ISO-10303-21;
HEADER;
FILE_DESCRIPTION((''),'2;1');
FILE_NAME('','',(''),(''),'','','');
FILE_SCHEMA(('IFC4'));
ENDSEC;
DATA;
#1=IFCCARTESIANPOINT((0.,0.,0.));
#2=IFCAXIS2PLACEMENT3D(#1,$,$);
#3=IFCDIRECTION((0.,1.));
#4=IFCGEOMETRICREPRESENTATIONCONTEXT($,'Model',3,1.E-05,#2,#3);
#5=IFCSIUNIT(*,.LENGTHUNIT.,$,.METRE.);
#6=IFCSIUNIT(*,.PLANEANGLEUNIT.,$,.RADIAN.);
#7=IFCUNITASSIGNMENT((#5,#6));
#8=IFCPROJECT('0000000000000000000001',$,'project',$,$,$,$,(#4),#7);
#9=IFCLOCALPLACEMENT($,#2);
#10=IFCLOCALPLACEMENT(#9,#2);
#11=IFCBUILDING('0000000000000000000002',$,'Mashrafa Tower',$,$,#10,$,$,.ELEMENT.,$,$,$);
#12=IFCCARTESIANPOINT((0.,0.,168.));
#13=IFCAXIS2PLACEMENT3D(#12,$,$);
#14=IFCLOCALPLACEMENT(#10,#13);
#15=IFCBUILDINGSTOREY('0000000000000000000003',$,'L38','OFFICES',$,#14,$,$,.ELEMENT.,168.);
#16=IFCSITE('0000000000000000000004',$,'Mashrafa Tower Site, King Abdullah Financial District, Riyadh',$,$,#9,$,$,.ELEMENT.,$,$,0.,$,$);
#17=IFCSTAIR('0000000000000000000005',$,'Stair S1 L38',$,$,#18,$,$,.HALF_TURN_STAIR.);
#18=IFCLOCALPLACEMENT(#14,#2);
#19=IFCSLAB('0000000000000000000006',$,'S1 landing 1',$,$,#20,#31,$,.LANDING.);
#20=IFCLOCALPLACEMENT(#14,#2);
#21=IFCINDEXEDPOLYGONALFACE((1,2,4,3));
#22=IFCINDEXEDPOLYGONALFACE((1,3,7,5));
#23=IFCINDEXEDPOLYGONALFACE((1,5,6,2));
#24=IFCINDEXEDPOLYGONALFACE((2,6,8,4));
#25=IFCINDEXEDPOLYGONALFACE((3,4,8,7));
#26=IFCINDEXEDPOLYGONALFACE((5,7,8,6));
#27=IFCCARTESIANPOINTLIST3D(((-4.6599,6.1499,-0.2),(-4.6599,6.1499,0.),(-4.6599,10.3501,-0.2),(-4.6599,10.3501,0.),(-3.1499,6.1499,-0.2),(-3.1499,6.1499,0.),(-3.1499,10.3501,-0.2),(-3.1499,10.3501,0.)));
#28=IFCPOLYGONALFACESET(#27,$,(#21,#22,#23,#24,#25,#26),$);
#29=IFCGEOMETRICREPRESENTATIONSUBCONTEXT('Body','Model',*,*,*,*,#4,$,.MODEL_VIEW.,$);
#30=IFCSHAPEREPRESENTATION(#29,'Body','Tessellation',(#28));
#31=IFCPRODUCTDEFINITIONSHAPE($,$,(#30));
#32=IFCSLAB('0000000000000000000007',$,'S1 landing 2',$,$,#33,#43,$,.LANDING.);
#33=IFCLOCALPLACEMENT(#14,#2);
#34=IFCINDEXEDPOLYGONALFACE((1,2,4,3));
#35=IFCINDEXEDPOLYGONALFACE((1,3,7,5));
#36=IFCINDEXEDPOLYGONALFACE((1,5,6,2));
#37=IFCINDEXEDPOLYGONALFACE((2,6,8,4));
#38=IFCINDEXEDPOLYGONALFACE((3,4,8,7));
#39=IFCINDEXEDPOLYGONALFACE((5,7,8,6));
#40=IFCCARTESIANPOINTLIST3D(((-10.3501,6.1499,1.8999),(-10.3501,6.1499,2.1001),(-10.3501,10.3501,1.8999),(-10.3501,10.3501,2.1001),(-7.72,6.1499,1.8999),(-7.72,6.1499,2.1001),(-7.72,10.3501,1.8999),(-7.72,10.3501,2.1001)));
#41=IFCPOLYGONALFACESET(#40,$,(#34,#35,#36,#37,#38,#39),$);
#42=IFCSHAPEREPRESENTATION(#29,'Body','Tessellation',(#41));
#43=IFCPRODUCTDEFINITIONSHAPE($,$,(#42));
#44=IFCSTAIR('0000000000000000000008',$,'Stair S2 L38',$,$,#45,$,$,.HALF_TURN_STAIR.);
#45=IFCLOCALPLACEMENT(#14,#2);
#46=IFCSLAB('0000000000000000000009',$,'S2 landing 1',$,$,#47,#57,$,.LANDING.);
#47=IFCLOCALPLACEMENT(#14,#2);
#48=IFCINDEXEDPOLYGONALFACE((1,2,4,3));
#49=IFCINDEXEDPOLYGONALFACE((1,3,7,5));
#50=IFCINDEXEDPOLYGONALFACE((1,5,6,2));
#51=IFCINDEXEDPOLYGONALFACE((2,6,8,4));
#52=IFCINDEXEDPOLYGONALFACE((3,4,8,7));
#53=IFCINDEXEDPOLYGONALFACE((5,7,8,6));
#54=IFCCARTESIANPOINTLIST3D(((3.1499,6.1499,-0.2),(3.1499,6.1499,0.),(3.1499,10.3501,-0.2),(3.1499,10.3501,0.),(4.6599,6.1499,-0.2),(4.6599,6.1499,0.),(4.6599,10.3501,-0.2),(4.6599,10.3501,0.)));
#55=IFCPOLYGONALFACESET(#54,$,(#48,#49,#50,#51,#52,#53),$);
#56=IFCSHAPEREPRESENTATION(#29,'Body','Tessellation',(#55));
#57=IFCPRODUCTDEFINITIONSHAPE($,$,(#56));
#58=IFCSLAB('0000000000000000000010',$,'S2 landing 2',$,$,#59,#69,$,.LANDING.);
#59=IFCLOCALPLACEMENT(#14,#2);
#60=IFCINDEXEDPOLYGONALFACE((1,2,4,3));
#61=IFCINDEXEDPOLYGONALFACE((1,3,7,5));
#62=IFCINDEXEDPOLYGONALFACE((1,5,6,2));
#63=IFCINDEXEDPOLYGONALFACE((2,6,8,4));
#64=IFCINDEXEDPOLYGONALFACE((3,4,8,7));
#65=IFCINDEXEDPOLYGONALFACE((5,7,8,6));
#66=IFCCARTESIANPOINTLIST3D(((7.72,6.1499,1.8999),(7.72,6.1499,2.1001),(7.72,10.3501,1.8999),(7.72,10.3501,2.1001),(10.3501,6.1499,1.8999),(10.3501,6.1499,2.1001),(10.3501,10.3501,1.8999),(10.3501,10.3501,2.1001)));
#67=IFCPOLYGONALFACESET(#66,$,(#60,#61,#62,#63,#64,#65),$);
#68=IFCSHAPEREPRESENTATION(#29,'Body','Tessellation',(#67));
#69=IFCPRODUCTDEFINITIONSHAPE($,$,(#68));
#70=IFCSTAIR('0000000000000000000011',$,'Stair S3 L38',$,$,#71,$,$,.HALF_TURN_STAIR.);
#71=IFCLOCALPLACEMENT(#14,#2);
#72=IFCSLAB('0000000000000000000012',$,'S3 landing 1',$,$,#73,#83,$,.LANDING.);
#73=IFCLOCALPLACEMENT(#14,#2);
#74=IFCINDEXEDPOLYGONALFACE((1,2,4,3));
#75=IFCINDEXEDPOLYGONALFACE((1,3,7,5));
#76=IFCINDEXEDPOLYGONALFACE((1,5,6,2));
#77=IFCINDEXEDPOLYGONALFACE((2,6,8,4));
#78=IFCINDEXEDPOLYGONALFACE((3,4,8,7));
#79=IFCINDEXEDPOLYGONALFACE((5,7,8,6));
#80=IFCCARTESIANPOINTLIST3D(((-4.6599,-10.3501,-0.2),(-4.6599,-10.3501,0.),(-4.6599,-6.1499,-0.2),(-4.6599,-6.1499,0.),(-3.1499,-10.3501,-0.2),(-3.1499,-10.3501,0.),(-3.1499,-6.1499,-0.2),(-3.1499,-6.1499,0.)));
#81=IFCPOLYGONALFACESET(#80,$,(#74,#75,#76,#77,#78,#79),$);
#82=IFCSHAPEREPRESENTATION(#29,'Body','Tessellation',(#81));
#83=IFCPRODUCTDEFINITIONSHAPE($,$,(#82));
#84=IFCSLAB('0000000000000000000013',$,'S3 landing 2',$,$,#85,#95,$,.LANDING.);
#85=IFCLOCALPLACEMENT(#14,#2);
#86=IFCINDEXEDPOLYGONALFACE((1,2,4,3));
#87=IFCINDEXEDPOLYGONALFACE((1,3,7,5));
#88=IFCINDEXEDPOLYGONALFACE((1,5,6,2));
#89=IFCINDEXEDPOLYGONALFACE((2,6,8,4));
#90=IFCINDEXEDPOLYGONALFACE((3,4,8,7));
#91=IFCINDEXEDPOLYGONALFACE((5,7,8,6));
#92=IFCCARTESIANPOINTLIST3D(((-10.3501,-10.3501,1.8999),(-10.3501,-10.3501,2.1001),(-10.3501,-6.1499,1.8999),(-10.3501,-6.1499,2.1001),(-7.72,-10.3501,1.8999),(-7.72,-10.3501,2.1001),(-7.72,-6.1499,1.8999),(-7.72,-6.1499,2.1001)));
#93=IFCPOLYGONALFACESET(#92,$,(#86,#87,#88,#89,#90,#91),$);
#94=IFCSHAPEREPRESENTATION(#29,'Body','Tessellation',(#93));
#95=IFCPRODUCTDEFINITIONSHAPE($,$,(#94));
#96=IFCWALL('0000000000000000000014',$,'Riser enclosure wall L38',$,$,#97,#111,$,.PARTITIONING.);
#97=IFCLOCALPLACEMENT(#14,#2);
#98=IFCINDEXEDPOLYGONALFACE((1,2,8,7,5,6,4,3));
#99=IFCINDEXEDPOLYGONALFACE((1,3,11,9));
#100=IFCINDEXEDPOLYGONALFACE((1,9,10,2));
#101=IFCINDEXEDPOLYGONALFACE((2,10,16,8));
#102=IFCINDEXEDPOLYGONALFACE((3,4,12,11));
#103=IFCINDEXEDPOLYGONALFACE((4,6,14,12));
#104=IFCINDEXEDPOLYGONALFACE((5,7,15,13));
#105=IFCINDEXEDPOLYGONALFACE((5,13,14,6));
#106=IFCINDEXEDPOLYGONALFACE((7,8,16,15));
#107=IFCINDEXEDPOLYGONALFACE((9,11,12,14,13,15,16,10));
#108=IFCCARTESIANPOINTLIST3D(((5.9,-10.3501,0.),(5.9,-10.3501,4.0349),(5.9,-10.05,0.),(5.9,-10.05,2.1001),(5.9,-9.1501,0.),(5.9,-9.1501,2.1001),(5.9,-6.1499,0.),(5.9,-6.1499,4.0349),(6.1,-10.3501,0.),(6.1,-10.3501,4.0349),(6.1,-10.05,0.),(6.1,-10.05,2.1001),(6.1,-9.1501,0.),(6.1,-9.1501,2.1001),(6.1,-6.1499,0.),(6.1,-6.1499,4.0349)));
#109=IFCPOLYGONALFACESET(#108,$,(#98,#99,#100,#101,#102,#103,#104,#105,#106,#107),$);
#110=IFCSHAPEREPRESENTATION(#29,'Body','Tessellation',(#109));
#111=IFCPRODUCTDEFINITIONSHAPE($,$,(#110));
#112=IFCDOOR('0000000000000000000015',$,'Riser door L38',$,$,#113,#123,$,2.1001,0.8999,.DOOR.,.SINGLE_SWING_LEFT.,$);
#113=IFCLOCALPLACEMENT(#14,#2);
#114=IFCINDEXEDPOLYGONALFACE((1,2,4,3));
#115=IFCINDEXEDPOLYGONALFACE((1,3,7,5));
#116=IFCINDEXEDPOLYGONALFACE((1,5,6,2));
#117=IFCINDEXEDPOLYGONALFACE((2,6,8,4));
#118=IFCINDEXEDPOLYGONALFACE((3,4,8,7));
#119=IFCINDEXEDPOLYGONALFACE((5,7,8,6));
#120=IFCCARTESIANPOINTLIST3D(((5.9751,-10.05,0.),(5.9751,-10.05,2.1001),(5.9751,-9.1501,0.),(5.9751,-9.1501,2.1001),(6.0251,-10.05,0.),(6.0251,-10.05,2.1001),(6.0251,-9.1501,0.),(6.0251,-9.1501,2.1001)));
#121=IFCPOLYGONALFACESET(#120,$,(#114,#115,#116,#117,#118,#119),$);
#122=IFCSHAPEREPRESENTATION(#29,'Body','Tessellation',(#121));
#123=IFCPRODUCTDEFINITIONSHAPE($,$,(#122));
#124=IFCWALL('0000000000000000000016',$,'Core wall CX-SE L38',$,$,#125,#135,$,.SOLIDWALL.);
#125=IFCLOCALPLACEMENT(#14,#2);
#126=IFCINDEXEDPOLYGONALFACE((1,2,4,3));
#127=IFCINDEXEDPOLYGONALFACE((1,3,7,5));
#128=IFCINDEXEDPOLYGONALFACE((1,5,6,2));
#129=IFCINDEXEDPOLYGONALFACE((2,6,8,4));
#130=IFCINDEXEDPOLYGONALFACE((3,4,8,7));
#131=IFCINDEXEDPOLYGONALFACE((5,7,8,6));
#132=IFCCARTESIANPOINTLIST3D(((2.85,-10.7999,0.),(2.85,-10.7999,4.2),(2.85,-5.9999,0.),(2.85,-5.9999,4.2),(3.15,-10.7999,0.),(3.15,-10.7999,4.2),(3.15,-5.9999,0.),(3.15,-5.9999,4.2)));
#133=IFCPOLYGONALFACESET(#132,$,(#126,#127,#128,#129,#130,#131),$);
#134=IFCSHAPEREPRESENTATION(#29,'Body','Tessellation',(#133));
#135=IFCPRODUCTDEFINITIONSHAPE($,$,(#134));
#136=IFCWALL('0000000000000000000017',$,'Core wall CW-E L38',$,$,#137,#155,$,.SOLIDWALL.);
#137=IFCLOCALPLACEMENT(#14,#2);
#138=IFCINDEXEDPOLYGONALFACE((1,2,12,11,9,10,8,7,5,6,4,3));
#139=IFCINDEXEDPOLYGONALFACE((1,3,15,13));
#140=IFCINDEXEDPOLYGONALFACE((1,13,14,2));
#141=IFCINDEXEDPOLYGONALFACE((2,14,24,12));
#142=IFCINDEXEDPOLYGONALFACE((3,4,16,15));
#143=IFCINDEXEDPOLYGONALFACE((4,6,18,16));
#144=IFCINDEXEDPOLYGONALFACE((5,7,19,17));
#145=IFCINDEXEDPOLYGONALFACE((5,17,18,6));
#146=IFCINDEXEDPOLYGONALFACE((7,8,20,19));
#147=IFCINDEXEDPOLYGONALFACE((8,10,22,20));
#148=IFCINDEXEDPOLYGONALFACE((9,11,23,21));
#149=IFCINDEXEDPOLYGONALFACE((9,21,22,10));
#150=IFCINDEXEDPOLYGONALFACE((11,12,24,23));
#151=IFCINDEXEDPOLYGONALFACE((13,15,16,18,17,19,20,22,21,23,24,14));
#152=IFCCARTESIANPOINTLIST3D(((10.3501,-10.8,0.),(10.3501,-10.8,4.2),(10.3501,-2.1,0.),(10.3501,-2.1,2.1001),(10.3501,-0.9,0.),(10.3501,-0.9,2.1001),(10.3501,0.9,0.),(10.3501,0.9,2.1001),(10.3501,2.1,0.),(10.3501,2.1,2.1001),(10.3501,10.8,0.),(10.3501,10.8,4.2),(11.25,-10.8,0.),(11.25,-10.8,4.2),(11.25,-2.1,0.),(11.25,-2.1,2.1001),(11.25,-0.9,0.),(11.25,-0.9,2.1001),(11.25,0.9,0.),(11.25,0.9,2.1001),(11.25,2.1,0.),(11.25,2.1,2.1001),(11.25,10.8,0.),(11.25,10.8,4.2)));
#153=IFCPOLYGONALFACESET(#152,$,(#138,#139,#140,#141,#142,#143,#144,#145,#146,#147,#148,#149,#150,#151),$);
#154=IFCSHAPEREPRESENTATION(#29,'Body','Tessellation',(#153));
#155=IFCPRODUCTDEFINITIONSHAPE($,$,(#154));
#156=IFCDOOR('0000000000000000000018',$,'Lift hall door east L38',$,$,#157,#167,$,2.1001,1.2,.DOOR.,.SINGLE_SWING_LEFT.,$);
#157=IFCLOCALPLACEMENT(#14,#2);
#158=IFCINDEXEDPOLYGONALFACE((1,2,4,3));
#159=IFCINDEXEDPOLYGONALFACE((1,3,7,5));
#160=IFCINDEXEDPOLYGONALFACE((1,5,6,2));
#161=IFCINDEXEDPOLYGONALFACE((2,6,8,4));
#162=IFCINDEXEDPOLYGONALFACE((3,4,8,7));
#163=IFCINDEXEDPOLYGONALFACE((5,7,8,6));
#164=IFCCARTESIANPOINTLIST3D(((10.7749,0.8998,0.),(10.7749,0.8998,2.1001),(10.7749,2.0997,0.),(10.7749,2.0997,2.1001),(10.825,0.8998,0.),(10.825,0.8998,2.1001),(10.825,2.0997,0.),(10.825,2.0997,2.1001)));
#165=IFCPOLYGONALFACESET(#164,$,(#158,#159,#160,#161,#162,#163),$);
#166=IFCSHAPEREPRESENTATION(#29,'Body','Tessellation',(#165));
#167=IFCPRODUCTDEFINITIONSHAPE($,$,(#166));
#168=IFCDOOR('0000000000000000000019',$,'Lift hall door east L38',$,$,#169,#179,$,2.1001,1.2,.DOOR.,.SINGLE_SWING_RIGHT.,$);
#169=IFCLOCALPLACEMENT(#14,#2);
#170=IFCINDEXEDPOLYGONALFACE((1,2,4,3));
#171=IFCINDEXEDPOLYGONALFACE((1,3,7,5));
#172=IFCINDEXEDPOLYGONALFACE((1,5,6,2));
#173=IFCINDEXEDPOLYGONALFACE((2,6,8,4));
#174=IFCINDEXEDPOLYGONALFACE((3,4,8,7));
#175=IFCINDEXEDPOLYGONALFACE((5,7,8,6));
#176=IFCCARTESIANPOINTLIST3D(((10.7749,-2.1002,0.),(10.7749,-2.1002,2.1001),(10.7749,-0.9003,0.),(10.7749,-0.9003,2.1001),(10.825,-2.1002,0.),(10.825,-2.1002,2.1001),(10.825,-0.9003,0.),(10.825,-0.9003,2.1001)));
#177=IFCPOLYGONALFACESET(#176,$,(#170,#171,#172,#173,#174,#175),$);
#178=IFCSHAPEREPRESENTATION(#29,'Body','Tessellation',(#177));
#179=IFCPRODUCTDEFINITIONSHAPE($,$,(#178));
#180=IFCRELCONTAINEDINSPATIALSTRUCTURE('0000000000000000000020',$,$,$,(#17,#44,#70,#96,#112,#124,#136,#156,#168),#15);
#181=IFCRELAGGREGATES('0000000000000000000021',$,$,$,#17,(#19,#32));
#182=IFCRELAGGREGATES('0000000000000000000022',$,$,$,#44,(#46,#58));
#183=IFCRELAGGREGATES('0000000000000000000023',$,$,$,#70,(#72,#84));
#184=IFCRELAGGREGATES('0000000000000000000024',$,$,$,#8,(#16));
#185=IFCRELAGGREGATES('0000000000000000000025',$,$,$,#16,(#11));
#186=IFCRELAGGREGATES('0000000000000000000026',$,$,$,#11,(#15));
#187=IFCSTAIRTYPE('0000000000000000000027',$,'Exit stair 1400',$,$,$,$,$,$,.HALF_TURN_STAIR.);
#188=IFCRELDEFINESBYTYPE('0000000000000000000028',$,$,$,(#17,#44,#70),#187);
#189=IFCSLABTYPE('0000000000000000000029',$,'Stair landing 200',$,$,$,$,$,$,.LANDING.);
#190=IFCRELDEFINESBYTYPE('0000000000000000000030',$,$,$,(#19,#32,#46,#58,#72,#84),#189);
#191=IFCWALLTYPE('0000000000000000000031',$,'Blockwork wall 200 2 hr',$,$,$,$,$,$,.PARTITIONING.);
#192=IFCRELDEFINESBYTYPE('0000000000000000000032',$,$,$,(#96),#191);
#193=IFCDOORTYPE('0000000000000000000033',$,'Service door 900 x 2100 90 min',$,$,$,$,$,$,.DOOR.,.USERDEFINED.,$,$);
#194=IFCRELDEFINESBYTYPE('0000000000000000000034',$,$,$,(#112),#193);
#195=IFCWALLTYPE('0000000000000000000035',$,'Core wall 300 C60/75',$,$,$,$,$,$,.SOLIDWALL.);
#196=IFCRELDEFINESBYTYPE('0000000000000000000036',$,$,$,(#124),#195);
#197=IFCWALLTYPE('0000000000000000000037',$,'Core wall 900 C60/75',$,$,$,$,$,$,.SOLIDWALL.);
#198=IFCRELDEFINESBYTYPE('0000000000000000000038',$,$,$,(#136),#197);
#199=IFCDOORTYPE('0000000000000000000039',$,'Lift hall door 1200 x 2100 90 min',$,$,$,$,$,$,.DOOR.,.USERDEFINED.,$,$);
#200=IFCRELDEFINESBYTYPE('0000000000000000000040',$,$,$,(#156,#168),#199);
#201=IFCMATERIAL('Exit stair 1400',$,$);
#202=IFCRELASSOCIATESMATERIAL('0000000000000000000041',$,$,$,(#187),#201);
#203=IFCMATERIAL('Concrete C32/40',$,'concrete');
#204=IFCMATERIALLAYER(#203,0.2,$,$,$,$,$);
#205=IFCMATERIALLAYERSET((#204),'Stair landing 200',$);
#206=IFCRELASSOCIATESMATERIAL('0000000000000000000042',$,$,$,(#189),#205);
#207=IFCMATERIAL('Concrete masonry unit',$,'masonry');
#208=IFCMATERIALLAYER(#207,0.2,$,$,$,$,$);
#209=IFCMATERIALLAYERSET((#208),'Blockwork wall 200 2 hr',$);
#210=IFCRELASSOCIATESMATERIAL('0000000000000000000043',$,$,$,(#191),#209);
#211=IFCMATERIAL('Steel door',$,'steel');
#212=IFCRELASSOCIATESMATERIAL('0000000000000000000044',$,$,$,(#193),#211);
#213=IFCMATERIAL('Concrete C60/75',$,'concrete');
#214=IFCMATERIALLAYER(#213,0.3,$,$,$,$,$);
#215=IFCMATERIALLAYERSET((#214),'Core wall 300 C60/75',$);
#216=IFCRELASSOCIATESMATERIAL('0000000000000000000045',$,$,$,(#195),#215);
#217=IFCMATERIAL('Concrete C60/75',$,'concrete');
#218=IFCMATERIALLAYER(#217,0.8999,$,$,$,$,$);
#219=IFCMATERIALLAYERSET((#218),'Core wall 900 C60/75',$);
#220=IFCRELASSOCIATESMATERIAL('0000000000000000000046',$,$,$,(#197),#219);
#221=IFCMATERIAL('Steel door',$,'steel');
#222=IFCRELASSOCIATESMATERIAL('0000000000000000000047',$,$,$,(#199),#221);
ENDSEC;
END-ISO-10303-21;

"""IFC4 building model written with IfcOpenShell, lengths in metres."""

from ifc_helpers import new_model, si_unit, direction, frame, frame_2d, origin, place, context, subcontext, project, spatial, polyline, rectangle, outline, extrude, material, layer, layer_set, type_object, element, fill, aggregate, save


model = new_model("IFC4")

# Units and contexts
model_context = context("Model", 3, precision=1e-05, world=origin(), true_north=direction((0.0, 1.0)))
body_context = subcontext(model_context, "Body", "Model", "MODEL_VIEW")
ifc_project = project(units=[si_unit("LENGTHUNIT", "METRE"), si_unit("PLANEANGLEUNIT", "RADIAN")], contexts=[model_context])

# Site, building, storey
site_placement = place(None, origin())
site = spatial("IfcSite", under=ifc_project, at=site_placement, Name="Mashrafa Tower Site, King Abdullah Financial District, Riyadh", CompositionType="ELEMENT", RefElevation=0.0)
building_placement = place(site_placement, origin())
building = spatial("IfcBuilding", under=site, at=building_placement, Name="Mashrafa Tower", CompositionType="ELEMENT")
storey_placement = place(building_placement, frame((0.0, 0.0, 168.0)))
storey = spatial("IfcBuildingStorey", under=building, at=storey_placement, Name="L38", Description="OFFICES", CompositionType="ELEMENT", Elevation=168.0)

# Stairs, slabs
ifc_material_1 = material(Name="Exit stair 1400")
stair_type = type_object("IfcStairType", Name="Exit stair 1400", PredefinedType="HALF_TURN_STAIR", material=ifc_material_1)
stair_1_placement = place(storey_placement, origin())
stair_1 = element("IfcStair", 1, at=stair_1_placement, inside=storey, type_object=stair_type, Name="Stair S1 L38", PredefinedType="HALF_TURN_STAIR")
ifc_material_2 = material(Name="Concrete C32/40", Category="concrete")
ifc_layer_1 = layer(ifc_material_2, 0.2)
ifc_layer_set_1 = layer_set([ifc_layer_1], Name="Stair landing 200")
slab_type = type_object("IfcSlabType", Name="Stair landing 200", PredefinedType="LANDING", material=ifc_layer_set_1)
slab_1_placement = place(storey_placement, frame((0.0, 0.0, -0.2)))
slab_1 = element("IfcSlab", 2, at=slab_1_placement, type_object=slab_type, Name="S1 landing 1", PredefinedType="LANDING", context=body_context, shape_type="SweptSolid", body=[
    extrude(outline(polyline([(-4.6599, 6.1499), (-3.1499, 6.1499), (-3.1499, 10.3501), (-4.6599, 10.3501), (-4.6599, 6.1499)])), origin(), (0.0, 0.0, 1.0), 0.2),
])
slab_2_placement = place(storey_placement, frame((0.0, 0.0, 1.8999)))
slab_2 = element("IfcSlab", 3, at=slab_2_placement, type_object=slab_type, Name="S1 landing 2", PredefinedType="LANDING", context=body_context, shape_type="SweptSolid", body=[
    extrude(outline(polyline([(-10.3501, 6.1499), (-7.72, 6.1499), (-7.72, 10.3501), (-10.3501, 10.3501), (-10.3501, 6.1499)])), origin(), (0.0, 0.0, 1.0), 0.2002),
])
aggregate(stair_1, [slab_1, slab_2])
stair_2_placement = place(storey_placement, origin())
stair_2 = element("IfcStair", 4, at=stair_2_placement, inside=storey, type_object=stair_type, Name="Stair S2 L38", PredefinedType="HALF_TURN_STAIR")
slab_3_placement = place(storey_placement, frame((0.0, 0.0, -0.2)))
slab_3 = element("IfcSlab", 5, at=slab_3_placement, type_object=slab_type, Name="S2 landing 1", PredefinedType="LANDING", context=body_context, shape_type="SweptSolid", body=[
    extrude(outline(polyline([(3.1499, 6.1499), (4.6599, 6.1499), (4.6599, 10.3501), (3.1499, 10.3501), (3.1499, 6.1499)])), origin(), (0.0, 0.0, 1.0), 0.2),
])
slab_4_placement = place(storey_placement, frame((0.0, 0.0, 1.8999)))
slab_4 = element("IfcSlab", 6, at=slab_4_placement, type_object=slab_type, Name="S2 landing 2", PredefinedType="LANDING", context=body_context, shape_type="SweptSolid", body=[
    extrude(outline(polyline([(7.72, 6.1499), (10.3501, 6.1499), (10.3501, 10.3501), (7.72, 10.3501), (7.72, 6.1499)])), origin(), (0.0, 0.0, 1.0), 0.2002),
])
aggregate(stair_2, [slab_3, slab_4])
stair_3_placement = place(storey_placement, origin())
stair_3 = element("IfcStair", 7, at=stair_3_placement, inside=storey, type_object=stair_type, Name="Stair S3 L38", PredefinedType="HALF_TURN_STAIR")
slab_5_placement = place(storey_placement, frame((0.0, 0.0, -0.2)))
slab_5 = element("IfcSlab", 8, at=slab_5_placement, type_object=slab_type, Name="S3 landing 1", PredefinedType="LANDING", context=body_context, shape_type="SweptSolid", body=[
    extrude(outline(polyline([(-4.6599, -10.3501), (-3.1499, -10.3501), (-3.1499, -6.1499), (-4.6599, -6.1499), (-4.6599, -10.3501)])), origin(), (0.0, 0.0, 1.0), 0.2),
])
slab_6_placement = place(storey_placement, frame((0.0, 0.0, 1.8999)))
slab_6 = element("IfcSlab", 9, at=slab_6_placement, type_object=slab_type, Name="S3 landing 2", PredefinedType="LANDING", context=body_context, shape_type="SweptSolid", body=[
    extrude(outline(polyline([(-10.3501, -10.3501), (-7.72, -10.3501), (-7.72, -6.1499), (-10.3501, -6.1499), (-10.3501, -10.3501)])), origin(), (0.0, 0.0, 1.0), 0.2002),
])
aggregate(stair_3, [slab_5, slab_6])

# Wall, opening, door
ifc_material_3 = material(Name="Concrete masonry unit", Category="masonry")
ifc_layer_2 = layer(ifc_material_3, 0.2)
ifc_layer_set_2 = layer_set([ifc_layer_2], Name="Blockwork wall 200 2 hr")
wall_type_1 = type_object("IfcWallType", Name="Blockwork wall 200 2 hr", PredefinedType="PARTITIONING", material=ifc_layer_set_2)
wall_1_placement = place(storey_placement, frame((6.0, -10.3501, 0.0), z_axis=(0.0, 0.0, 1.0), x_axis=(0.0, 1.0, 0.0)))
wall_1 = element("IfcWall", 10, at=wall_1_placement, inside=storey, type_object=wall_type_1, Name="Riser enclosure wall L38", PredefinedType="PARTITIONING", context=body_context, shape_type="SweptSolid", body=[
    extrude(rectangle(XDim=4.2002, YDim=0.2, at=frame_2d((2.1001, 0.0))), origin(), (0.0, 0.0, 1.0), 4.0349),
])
opening_1_placement = place(wall_1_placement, frame((0.3, 0.0, 0.0)))
opening_1 = element("IfcOpeningElement", 11, at=opening_1_placement, cuts=wall_1, PredefinedType="OPENING", context=body_context, shape_type="SweptSolid", body=[
    extrude(rectangle(XDim=0.8999, YDim=2.1001, at=frame_2d((0.45, 1.05))), frame((0.0, 0.1099, 0.0), z_axis=(0.0, -1.0, 0.0), x_axis=(1.0, 0.0, 0.0)), (0.0, 0.0, 1.0), 0.22),
])
ifc_material_4 = material(Name="Steel door", Category="steel")
door_type_1 = type_object("IfcDoorType", Name="Service door 900 x 2100 90 min", OperationType="USERDEFINED", PredefinedType="DOOR", material=ifc_material_4)
door_1_placement = place(opening_1_placement, origin())
door_1 = element("IfcDoor", 12, at=door_1_placement, inside=storey, type_object=door_type_1, Name="Riser door L38", OperationType="SINGLE_SWING_LEFT", OverallHeight=2.1001, OverallWidth=0.8999, PredefinedType="DOOR", context=body_context, shape_type="SweptSolid", body=[
    extrude(rectangle(XDim=0.8999, YDim=2.1001, at=frame_2d((0.45, 1.05))), frame((0.0, 0.0249, 0.0), z_axis=(0.0, -1.0, 0.0), x_axis=(1.0, 0.0, 0.0)), (0.0, 0.0, 1.0), 0.05),
])
fill(opening_1, door_1)

# Wall
ifc_material_5 = material(Name="Concrete C60/75", Category="concrete")
ifc_layer_3 = layer(ifc_material_5, 0.3)
ifc_layer_set_3 = layer_set([ifc_layer_3], Name="Core wall 300 C60/75")
wall_type_2 = type_object("IfcWallType", Name="Core wall 300 C60/75", PredefinedType="SOLIDWALL", material=ifc_layer_set_3)
wall_2_placement = place(storey_placement, frame((3.0, -6.0, 0.0), z_axis=(0.0, 0.0, 1.0), x_axis=(0.0, -1.0, 0.0)))
element("IfcWall", 13, at=wall_2_placement, inside=storey, type_object=wall_type_2, Name="Core wall CX-SE L38", PredefinedType="SOLIDWALL", context=body_context, shape_type="SweptSolid", body=[
    extrude(rectangle(XDim=4.8, YDim=0.3, at=frame_2d((2.3999, 0.0))), origin(), (0.0, 0.0, 1.0), 4.2),
])

# Wall, openings, doors
ifc_material_6 = material(Name="Concrete C60/75", Category="concrete")
ifc_layer_4 = layer(ifc_material_6, 0.8999)
ifc_layer_set_4 = layer_set([ifc_layer_4], Name="Core wall 900 C60/75")
wall_type_3 = type_object("IfcWallType", Name="Core wall 900 C60/75", PredefinedType="SOLIDWALL", material=ifc_layer_set_4)
wall_3_placement = place(storey_placement, frame((10.8, -10.8, 0.0), z_axis=(0.0, 0.0, 1.0), x_axis=(0.0, 1.0, 0.0)))
wall_3 = element("IfcWall", 14, at=wall_3_placement, inside=storey, type_object=wall_type_3, Name="Core wall CW-E L38", PredefinedType="SOLIDWALL", context=body_context, shape_type="SweptSolid", body=[
    extrude(rectangle(XDim=21.6001, YDim=0.8999, at=frame_2d((10.8, 0.0))), origin(), (0.0, 0.0, 1.0), 4.2),
])
opening_2_placement = place(wall_3_placement, frame((11.7, 0.0, 0.0)))
opening_2 = element("IfcOpeningElement", 15, at=opening_2_placement, cuts=wall_3, PredefinedType="OPENING", context=body_context, shape_type="SweptSolid", body=[
    extrude(rectangle(XDim=1.2, YDim=2.1001, at=frame_2d((0.6001, 1.05))), frame((0.0, 0.46, 0.0), z_axis=(0.0, -1.0, 0.0), x_axis=(1.0, 0.0, 0.0)), (0.0, 0.0, 1.0), 0.9199),
])
opening_3_placement = place(wall_3_placement, frame((8.7, 0.0, 0.0)))
opening_3 = element("IfcOpeningElement", 16, at=opening_3_placement, cuts=wall_3, PredefinedType="OPENING", context=body_context, shape_type="SweptSolid", body=[
    extrude(rectangle(XDim=1.2, YDim=2.1001, at=frame_2d((0.6001, 1.05))), frame((0.0, 0.46, 0.0), z_axis=(0.0, -1.0, 0.0), x_axis=(1.0, 0.0, 0.0)), (0.0, 0.0, 1.0), 0.9199),
])
ifc_material_7 = material(Name="Steel door", Category="steel")
door_type_2 = type_object("IfcDoorType", Name="Lift hall door 1200 x 2100 90 min", OperationType="USERDEFINED", PredefinedType="DOOR", material=ifc_material_7)
door_2_placement = place(opening_2_placement, frame((1.2, 0.0, 0.0), z_axis=(0.0, 0.0, 1.0), x_axis=(-1.0, 0.0, 0.0)))
door_2 = element("IfcDoor", 17, at=door_2_placement, inside=storey, type_object=door_type_2, Name="Lift hall door east L38", OperationType="SINGLE_SWING_LEFT", OverallHeight=2.1001, OverallWidth=1.2, PredefinedType="DOOR", context=body_context, shape_type="SweptSolid", body=[
    extrude(rectangle(XDim=1.2, YDim=2.1001, at=frame_2d((0.6001, 1.05))), frame((0.0, 0.0249, 0.0), z_axis=(0.0, -1.0, 0.0), x_axis=(1.0, 0.0, 0.0)), (0.0, 0.0, 1.0), 0.05),
])
fill(opening_2, door_2)
door_3_placement = place(opening_3_placement, frame((1.2, 0.0, 0.0), z_axis=(0.0, 0.0, 1.0), x_axis=(-1.0, 0.0, 0.0)))
door_3 = element("IfcDoor", 18, at=door_3_placement, inside=storey, type_object=door_type_2, Name="Lift hall door east L38", OperationType="SINGLE_SWING_RIGHT", OverallHeight=2.1001, OverallWidth=1.2, PredefinedType="DOOR", context=body_context, shape_type="SweptSolid", body=[
    extrude(rectangle(XDim=1.2, YDim=2.1001, at=frame_2d((0.6001, 1.05))), frame((0.0, 0.0249, 0.0), z_axis=(0.0, -1.0, 0.0), x_axis=(1.0, 0.0, 0.0)), (0.0, 0.0, 1.0), 0.05),
])
fill(opening_3, door_3)

save(model, "model.ifc")
